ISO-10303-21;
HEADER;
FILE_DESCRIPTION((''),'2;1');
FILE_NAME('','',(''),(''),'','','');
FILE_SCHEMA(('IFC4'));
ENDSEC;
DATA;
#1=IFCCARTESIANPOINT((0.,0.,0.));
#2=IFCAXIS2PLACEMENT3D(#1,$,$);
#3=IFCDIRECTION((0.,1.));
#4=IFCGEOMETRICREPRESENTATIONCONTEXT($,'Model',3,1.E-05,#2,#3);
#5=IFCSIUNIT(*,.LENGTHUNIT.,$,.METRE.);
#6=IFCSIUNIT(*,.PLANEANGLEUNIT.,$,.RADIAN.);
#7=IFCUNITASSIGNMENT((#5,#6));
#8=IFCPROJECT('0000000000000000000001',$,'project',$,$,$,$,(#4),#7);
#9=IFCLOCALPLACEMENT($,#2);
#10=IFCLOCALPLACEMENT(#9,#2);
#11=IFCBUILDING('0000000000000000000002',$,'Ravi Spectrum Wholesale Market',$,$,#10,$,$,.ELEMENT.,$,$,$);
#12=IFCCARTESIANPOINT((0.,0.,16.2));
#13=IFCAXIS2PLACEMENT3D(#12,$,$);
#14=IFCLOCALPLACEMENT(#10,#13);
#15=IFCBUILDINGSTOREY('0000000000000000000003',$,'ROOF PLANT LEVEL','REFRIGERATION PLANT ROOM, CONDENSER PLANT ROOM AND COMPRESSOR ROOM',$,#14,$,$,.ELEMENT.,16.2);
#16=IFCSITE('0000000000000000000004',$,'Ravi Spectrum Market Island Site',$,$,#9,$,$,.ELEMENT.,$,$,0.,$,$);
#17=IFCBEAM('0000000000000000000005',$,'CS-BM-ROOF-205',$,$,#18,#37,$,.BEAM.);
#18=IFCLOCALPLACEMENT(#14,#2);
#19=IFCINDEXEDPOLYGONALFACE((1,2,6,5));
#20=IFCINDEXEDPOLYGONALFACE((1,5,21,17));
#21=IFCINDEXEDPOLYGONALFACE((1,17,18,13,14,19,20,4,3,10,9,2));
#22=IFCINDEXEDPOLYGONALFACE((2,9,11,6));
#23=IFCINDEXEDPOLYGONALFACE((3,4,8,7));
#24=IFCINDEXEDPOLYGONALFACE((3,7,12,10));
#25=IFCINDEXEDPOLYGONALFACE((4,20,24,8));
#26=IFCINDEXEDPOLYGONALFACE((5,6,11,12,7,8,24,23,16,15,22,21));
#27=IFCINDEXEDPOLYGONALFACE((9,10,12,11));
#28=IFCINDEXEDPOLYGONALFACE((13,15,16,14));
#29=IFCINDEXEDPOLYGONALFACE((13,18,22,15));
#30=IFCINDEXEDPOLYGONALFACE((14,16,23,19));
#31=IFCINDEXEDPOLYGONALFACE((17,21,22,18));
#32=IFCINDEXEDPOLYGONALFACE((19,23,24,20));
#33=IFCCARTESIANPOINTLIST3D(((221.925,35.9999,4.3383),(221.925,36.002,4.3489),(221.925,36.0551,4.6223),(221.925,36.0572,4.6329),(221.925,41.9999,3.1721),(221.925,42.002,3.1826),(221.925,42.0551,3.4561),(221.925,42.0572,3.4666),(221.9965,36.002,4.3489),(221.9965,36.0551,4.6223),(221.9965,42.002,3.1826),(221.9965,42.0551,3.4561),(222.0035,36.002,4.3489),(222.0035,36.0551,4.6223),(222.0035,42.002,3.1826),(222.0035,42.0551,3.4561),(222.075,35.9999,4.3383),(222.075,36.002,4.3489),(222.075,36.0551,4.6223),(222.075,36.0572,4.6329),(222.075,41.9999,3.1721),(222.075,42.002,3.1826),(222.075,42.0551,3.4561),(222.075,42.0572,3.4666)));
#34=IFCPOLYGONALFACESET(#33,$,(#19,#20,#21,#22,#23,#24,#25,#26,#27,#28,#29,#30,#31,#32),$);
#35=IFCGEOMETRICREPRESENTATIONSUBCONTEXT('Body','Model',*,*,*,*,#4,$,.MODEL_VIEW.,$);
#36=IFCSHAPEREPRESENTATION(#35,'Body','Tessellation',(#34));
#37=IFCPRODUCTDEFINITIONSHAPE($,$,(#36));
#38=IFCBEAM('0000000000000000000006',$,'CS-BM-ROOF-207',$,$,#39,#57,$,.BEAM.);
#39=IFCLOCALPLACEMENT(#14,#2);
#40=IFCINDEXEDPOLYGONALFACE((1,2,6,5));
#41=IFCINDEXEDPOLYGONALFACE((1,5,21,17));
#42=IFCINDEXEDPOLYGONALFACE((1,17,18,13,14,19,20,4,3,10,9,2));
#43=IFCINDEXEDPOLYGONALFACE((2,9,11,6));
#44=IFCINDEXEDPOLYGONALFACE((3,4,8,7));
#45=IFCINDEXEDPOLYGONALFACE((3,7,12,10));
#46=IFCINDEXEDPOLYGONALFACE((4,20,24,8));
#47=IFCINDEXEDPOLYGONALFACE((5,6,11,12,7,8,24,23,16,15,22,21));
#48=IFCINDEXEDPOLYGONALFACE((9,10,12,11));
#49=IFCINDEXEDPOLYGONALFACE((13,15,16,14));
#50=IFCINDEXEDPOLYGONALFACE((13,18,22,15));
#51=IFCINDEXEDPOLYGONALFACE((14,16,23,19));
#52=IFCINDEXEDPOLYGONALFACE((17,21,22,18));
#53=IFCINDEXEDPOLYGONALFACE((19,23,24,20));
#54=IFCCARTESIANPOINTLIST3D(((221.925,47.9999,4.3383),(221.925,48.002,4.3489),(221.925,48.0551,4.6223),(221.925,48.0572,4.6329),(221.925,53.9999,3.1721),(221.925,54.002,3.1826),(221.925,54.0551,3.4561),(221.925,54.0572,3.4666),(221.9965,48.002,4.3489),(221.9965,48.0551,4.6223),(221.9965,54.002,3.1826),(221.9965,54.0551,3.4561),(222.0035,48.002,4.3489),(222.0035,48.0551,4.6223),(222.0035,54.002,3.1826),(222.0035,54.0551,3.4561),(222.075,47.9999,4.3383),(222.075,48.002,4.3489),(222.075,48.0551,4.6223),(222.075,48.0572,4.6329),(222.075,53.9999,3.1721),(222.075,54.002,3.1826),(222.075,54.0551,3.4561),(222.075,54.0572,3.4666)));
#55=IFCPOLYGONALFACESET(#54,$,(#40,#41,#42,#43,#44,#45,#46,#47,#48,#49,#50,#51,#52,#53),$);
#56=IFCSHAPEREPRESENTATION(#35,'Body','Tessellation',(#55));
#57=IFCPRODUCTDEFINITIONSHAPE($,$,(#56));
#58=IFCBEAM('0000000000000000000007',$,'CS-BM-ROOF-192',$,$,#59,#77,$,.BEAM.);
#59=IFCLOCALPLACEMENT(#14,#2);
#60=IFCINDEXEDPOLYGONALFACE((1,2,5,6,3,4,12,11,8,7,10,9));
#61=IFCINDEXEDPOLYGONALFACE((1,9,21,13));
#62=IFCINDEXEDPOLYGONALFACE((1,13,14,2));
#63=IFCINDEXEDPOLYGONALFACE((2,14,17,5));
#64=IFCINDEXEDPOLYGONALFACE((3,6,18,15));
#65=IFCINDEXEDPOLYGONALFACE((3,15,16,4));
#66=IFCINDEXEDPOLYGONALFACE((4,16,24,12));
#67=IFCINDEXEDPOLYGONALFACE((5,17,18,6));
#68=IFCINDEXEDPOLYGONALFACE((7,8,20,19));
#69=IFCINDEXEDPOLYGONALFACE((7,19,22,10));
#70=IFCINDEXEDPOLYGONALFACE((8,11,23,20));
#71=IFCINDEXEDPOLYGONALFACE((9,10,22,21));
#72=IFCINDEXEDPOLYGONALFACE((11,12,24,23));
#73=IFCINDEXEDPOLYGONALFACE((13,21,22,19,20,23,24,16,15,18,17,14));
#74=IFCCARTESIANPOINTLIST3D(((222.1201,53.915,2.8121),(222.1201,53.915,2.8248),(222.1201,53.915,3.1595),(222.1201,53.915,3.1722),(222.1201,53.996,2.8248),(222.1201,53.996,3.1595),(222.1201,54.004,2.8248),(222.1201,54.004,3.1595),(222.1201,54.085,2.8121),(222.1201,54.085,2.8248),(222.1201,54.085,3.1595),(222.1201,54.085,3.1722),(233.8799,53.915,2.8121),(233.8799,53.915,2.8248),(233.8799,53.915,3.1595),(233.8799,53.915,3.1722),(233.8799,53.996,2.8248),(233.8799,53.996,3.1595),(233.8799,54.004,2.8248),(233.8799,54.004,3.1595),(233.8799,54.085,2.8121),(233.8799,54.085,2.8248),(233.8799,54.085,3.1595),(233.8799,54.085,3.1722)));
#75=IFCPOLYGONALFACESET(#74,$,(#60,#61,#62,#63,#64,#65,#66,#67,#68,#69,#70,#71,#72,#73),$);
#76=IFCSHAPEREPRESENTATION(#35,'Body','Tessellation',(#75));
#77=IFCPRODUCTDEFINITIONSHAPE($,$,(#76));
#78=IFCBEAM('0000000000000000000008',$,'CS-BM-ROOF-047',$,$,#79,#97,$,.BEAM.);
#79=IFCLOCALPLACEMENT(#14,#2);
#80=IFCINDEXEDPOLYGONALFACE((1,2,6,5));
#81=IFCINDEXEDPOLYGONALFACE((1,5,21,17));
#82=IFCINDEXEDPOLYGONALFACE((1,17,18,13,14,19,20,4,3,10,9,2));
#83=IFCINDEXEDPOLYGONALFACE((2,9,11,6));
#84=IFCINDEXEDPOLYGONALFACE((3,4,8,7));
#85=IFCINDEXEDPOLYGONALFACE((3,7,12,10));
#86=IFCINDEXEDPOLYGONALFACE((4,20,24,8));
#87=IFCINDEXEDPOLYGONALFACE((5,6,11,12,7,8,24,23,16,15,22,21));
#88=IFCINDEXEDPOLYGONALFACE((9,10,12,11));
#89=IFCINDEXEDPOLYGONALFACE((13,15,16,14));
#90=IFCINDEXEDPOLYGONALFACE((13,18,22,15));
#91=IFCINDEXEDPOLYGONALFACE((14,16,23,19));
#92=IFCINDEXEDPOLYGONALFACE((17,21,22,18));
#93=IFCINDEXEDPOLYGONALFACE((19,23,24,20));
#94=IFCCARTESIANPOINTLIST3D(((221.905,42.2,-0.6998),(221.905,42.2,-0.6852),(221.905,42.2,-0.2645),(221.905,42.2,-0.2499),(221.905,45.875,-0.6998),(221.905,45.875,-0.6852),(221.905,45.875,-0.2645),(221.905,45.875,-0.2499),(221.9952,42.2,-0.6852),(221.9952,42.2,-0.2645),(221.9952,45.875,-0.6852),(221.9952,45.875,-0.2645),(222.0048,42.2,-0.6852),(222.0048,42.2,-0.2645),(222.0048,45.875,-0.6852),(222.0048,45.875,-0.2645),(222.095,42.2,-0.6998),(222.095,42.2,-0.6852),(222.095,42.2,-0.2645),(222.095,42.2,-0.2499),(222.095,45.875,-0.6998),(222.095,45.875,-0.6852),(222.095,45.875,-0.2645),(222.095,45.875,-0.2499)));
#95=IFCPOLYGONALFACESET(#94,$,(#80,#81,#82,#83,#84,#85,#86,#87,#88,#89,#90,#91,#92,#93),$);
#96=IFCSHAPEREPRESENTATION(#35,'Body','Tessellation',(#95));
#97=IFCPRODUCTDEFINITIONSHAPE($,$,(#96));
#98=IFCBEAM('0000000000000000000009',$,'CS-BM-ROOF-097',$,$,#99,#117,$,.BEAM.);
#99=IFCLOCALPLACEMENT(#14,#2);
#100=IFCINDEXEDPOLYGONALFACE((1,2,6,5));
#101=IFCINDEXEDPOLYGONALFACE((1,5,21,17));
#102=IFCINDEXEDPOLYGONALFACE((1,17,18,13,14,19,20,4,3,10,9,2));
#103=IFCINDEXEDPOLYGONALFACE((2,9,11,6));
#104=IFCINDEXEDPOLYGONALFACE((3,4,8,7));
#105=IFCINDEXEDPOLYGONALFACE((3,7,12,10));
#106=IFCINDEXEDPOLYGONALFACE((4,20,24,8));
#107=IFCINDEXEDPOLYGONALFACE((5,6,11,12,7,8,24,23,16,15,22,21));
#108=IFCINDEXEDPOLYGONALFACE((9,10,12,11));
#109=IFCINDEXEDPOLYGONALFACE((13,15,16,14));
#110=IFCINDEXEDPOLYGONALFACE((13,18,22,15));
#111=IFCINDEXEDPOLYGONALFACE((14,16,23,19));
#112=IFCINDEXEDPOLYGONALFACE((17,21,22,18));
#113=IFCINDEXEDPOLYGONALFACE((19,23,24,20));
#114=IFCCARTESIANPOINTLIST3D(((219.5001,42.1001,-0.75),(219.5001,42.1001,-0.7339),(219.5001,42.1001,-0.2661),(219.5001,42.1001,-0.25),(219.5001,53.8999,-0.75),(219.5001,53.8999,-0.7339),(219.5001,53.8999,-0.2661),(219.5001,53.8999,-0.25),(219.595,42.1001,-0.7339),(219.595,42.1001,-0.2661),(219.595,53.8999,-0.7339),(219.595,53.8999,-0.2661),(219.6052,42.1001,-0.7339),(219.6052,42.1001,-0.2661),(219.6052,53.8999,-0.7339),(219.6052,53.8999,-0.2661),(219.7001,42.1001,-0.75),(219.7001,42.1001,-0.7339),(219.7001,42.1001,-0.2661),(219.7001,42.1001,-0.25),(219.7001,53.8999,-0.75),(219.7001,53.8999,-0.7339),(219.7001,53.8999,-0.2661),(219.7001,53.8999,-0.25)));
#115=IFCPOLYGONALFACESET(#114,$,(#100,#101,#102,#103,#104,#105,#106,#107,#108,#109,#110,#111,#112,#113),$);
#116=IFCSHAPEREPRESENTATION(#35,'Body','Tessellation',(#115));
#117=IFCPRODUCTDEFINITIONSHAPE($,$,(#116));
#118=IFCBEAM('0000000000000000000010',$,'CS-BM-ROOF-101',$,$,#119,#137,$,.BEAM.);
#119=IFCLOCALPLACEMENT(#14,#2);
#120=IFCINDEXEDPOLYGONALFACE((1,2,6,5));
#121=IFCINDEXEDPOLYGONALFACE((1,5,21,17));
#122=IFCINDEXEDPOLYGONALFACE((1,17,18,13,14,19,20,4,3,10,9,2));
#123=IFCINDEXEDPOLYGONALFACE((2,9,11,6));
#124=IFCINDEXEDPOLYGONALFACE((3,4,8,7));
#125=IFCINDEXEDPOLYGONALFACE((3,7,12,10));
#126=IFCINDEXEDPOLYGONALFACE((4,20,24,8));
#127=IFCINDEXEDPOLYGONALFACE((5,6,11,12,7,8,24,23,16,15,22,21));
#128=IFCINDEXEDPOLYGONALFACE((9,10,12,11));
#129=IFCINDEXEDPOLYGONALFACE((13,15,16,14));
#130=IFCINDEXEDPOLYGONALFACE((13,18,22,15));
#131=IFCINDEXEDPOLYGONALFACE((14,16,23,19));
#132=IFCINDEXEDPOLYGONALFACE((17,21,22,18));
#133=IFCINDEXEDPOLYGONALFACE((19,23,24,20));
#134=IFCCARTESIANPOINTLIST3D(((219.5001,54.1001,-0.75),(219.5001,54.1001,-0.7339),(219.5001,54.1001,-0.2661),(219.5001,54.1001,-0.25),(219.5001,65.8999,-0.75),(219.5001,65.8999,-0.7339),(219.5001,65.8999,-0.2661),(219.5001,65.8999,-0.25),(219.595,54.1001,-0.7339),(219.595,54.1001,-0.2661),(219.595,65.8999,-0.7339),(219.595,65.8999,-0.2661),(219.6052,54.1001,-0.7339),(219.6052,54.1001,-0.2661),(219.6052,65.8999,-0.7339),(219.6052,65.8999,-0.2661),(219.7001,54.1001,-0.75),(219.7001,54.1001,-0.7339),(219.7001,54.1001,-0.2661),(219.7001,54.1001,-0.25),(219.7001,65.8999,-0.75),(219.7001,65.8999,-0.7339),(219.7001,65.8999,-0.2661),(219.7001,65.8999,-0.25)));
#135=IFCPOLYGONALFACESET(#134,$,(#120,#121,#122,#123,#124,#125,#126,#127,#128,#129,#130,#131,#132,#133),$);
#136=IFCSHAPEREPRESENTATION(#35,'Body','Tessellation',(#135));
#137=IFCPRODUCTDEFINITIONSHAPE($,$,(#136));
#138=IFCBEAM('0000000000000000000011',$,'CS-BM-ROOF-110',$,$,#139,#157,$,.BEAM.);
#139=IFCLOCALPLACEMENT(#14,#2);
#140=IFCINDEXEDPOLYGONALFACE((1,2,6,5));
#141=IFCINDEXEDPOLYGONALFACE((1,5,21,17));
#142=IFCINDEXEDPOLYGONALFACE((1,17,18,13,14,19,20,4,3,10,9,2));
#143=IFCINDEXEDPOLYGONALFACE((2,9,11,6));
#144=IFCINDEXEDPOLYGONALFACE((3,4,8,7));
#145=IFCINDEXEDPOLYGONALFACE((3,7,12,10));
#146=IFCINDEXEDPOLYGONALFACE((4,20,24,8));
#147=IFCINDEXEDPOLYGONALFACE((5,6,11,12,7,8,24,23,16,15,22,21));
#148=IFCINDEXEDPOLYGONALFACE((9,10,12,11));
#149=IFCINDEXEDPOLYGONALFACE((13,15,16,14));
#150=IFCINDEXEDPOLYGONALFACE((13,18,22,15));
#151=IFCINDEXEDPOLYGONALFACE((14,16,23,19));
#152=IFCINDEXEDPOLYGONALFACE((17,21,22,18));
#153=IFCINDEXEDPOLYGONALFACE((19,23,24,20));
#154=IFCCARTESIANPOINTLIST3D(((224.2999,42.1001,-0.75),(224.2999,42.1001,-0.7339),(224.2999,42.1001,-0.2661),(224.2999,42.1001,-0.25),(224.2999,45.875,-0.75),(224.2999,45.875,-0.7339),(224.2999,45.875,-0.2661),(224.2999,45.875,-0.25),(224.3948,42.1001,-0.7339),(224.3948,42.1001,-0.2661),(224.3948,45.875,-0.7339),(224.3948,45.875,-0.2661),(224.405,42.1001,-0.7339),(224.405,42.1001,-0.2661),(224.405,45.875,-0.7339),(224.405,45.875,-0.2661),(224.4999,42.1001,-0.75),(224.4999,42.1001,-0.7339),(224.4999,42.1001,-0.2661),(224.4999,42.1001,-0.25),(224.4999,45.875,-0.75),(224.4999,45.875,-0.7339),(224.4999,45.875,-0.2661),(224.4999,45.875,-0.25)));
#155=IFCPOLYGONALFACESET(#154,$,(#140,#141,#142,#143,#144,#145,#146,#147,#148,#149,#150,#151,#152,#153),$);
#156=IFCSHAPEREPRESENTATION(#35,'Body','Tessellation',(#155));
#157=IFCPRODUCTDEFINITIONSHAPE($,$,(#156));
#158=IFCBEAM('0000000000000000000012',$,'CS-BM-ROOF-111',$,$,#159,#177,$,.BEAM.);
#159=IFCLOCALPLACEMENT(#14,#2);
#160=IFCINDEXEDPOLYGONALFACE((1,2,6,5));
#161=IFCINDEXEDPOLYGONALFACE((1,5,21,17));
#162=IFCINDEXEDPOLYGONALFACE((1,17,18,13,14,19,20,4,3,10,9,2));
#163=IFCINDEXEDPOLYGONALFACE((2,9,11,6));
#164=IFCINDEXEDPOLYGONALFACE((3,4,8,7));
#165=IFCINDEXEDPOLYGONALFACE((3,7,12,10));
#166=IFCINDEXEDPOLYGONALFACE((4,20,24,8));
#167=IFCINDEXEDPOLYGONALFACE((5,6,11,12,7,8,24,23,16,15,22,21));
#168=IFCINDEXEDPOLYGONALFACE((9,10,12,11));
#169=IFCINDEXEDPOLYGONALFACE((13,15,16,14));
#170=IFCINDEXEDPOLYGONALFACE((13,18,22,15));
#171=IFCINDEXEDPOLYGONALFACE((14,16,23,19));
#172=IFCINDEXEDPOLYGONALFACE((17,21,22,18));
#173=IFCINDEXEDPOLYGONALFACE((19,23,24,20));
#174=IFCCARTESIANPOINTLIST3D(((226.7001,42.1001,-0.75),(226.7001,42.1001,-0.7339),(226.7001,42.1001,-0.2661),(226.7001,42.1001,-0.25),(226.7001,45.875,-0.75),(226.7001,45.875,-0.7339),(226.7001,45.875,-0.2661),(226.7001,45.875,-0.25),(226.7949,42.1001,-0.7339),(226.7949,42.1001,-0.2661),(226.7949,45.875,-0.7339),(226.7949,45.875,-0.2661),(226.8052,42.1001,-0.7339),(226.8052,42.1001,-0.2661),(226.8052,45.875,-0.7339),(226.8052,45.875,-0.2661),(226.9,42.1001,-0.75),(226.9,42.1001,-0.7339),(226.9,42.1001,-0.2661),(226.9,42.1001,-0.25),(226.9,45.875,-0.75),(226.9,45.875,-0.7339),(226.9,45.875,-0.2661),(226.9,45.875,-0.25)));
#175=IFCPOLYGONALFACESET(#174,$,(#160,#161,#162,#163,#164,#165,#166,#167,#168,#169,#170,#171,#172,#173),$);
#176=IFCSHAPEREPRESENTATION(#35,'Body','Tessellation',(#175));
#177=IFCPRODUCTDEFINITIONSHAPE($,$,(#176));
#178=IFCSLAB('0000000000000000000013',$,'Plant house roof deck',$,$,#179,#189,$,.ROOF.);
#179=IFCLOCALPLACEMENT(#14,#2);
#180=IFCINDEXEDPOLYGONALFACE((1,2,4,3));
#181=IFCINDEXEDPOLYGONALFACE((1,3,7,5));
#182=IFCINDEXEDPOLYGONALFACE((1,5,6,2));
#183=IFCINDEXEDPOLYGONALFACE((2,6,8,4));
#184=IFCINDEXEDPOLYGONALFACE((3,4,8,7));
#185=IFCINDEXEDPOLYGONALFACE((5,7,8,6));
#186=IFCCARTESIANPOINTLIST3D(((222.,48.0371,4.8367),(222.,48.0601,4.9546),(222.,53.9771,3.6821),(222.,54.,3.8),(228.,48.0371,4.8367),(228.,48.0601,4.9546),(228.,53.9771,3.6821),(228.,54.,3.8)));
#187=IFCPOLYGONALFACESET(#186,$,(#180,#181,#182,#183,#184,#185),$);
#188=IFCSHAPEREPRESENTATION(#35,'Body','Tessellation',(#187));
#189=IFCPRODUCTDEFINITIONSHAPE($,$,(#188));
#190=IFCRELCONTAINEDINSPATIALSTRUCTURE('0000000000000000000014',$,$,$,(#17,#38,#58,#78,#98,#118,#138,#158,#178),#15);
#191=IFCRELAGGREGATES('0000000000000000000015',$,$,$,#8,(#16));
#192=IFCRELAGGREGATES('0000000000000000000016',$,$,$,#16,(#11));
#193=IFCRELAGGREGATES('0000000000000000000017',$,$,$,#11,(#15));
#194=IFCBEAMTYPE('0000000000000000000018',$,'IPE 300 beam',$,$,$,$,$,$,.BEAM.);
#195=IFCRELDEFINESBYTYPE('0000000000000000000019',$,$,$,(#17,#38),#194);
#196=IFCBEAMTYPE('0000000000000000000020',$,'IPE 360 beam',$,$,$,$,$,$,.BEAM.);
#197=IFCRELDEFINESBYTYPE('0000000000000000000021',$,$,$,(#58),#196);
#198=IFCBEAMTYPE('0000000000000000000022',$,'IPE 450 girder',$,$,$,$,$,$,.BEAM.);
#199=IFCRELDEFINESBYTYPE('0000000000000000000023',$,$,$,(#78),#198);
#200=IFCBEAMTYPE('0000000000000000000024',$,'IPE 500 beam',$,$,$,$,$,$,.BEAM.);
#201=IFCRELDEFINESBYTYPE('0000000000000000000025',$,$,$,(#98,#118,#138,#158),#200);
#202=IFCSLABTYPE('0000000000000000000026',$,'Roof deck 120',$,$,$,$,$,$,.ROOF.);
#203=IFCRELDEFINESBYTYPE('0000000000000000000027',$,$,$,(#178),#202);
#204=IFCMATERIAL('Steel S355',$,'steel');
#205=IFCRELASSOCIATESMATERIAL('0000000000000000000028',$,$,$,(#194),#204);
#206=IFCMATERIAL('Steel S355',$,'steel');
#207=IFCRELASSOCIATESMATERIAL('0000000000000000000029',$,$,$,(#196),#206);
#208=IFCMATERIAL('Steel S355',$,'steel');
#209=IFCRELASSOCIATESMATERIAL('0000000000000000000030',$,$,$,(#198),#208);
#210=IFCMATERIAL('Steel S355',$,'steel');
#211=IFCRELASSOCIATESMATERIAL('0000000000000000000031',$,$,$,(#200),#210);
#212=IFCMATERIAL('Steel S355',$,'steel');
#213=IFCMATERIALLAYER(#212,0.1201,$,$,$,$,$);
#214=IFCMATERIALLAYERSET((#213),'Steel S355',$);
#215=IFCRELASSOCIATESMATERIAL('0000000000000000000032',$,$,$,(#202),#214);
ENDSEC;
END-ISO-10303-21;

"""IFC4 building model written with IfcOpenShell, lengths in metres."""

from ifc_helpers import new_model, si_unit, direction, frame, origin, origin_2d, place, context, subcontext, project, spatial, polyline, i_section, outline, extrude, material, layer, layer_set, material_profile, profile_set, type_object, element, save


model = new_model("IFC4")

# Units and contexts
model_context = context("Model", 3, precision=1e-05, world=origin(), true_north=direction((0.0, 1.0)))
body_context = subcontext(model_context, "Body", "Model", "MODEL_VIEW")
ifc_project = project(units=[si_unit("LENGTHUNIT", "METRE"), si_unit("PLANEANGLEUNIT", "RADIAN")], contexts=[model_context])

# Site, building, storey
site_placement = place(None, origin())
site = spatial("IfcSite", under=ifc_project, at=site_placement, Name="Ravi Spectrum Market Island Site", CompositionType="ELEMENT", RefElevation=0.0)
building_placement = place(site_placement, origin())
building = spatial("IfcBuilding", under=site, at=building_placement, Name="Ravi Spectrum Wholesale Market", CompositionType="ELEMENT")
storey_placement = place(building_placement, frame((0.0, 0.0, 16.2)))
storey = spatial("IfcBuildingStorey", under=building, at=storey_placement, Name="ROOF PLANT LEVEL", Description="REFRIGERATION PLANT ROOM, CONDENSER PLANT ROOM AND COMPRESSOR ROOM", CompositionType="ELEMENT", Elevation=16.2)

# Beams
ifc_material_1 = material(Name="Steel S355", Category="steel")
ifc_material_profile_1 = material_profile(ifc_material_1, i_section(OverallWidth=0.1499, OverallDepth=0.3, WebThickness=0.0071, FlangeThickness=0.0107, at=origin_2d()))
ifc_profile_set_1 = profile_set([ifc_material_profile_1], Name="Steel S355")
beam_type_1 = type_object("IfcBeamType", Name="IPE 300 beam", PredefinedType="BEAM", material=ifc_profile_set_1)
for number, where, z_axis, x_axis, name in (
    (1, (222.0, 42.0286, 3.3193), (0.0, -0.981628, 0.190806), (1.0, 0.0, 0.0), "CS-BM-ROOF-205"),
    (2, (222.0, 54.0286, 3.3193), (0.0, -0.981628, 0.190806), (1.0, 0.0, 0.0), "CS-BM-ROOF-207"),
):
    element("IfcBeam", number, at=place(storey_placement, frame(where, z_axis=z_axis, x_axis=x_axis)), inside=storey, type_object=beam_type_1, Name=name, PredefinedType="BEAM", context=body_context, shape_type="SweptSolid", body=[
        extrude(i_section(OverallWidth=0.1499, OverallDepth=0.3, WebThickness=0.0071, FlangeThickness=0.0107, at=origin_2d()), origin(), (0.0, 0.0, 1.0), 6.1123),
    ])
ifc_material_2 = material(Name="Steel S355", Category="steel")
ifc_material_profile_2 = material_profile(ifc_material_2, i_section(OverallWidth=0.1699, OverallDepth=0.3601, WebThickness=0.0081, FlangeThickness=0.0127, at=origin_2d()))
ifc_profile_set_2 = profile_set([ifc_material_profile_2], Name="Steel S355")
beam_type_2 = type_object("IfcBeamType", Name="IPE 360 beam", PredefinedType="BEAM", material=ifc_profile_set_2)
beam_1_placement = place(storey_placement, frame((222.1201, 54.0, 2.9922), z_axis=(1.0, 0.0, 0.0), x_axis=(0.0, 1.0, 0.0)))
element("IfcBeam", 3, at=beam_1_placement, inside=storey, type_object=beam_type_2, Name="CS-BM-ROOF-192", PredefinedType="BEAM", context=body_context, shape_type="SweptSolid", body=[
    extrude(i_section(OverallWidth=0.1699, OverallDepth=0.3601, WebThickness=0.0081, FlangeThickness=0.0127, at=origin_2d()), origin(), (0.0, 0.0, 1.0), 11.7598),
])
ifc_material_3 = material(Name="Steel S355", Category="steel")
ifc_material_profile_3 = material_profile(ifc_material_3, i_section(OverallWidth=0.1899, OverallDepth=0.45, WebThickness=0.0095, FlangeThickness=0.0146, at=origin_2d()))
ifc_profile_set_3 = profile_set([ifc_material_profile_3], Name="Steel S355")
beam_type_3 = type_object("IfcBeamType", Name="IPE 450 girder", PredefinedType="BEAM", material=ifc_profile_set_3)
beam_2_placement = place(storey_placement, frame((222.0, 42.2, -0.4749), z_axis=(0.0, 1.0, 0.0), x_axis=(-1.0, 0.0, 0.0)))
element("IfcBeam", 4, at=beam_2_placement, inside=storey, type_object=beam_type_3, Name="CS-BM-ROOF-047", PredefinedType="BEAM", context=body_context, shape_type="SweptSolid", body=[
    extrude(i_section(OverallWidth=0.1899, OverallDepth=0.45, WebThickness=0.0095, FlangeThickness=0.0146, at=origin_2d()), origin(), (0.0, 0.0, 1.0), 3.675),
])
ifc_material_4 = material(Name="Steel S355", Category="steel")
ifc_material_profile_4 = material_profile(ifc_material_4, i_section(OverallWidth=0.2, OverallDepth=0.5, WebThickness=0.0103, FlangeThickness=0.0161, at=origin_2d()))
ifc_profile_set_4 = profile_set([ifc_material_profile_4], Name="Steel S355")
beam_type_4 = type_object("IfcBeamType", Name="IPE 500 beam", PredefinedType="BEAM", material=ifc_profile_set_4)
for number, where, z_axis, x_axis, name in (
    (5, (219.6001, 42.1001, -0.5), (0.0, 1.0, 0.0), (-1.0, 0.0, 0.0), "CS-BM-ROOF-097"),
    (6, (219.6001, 54.1001, -0.5), (0.0, 1.0, 0.0), (-1.0, 0.0, 0.0), "CS-BM-ROOF-101"),
):
    element("IfcBeam", number, at=place(storey_placement, frame(where, z_axis=z_axis, x_axis=x_axis)), inside=storey, type_object=beam_type_4, Name=name, PredefinedType="BEAM", context=body_context, shape_type="SweptSolid", body=[
        extrude(i_section(OverallWidth=0.2, OverallDepth=0.5, WebThickness=0.0103, FlangeThickness=0.0161, at=origin_2d()), origin(), (0.0, 0.0, 1.0), 11.7998),
    ])
for number, where, z_axis, x_axis, name in (
    (7, (224.3999, 42.1001, -0.5), (0.0, 1.0, 0.0), (-1.0, 0.0, 0.0), "CS-BM-ROOF-110"),
    (8, (226.8, 42.1001, -0.5), (0.0, 1.0, 0.0), (-1.0, 0.0, 0.0), "CS-BM-ROOF-111"),
):
    element("IfcBeam", number, at=place(storey_placement, frame(where, z_axis=z_axis, x_axis=x_axis)), inside=storey, type_object=beam_type_4, Name=name, PredefinedType="BEAM", context=body_context, shape_type="SweptSolid", body=[
        extrude(i_section(OverallWidth=0.2, OverallDepth=0.5, WebThickness=0.0103, FlangeThickness=0.0161, at=origin_2d()), origin(), (0.0, 0.0, 1.0), 3.7749),
    ])

# Slab
ifc_material_5 = material(Name="Steel S355", Category="steel")
ifc_layer_1 = layer(ifc_material_5, 0.1201)
ifc_layer_set_1 = layer_set([ifc_layer_1], Name="Steel S355")
slab_type = type_object("IfcSlabType", Name="Roof deck 120", PredefinedType="ROOF", material=ifc_layer_set_1)
slab_placement = place(storey_placement, frame((222.0, 54.0, 3.8), z_axis=(0.0, 0.190798, 0.981629), x_axis=(1.0, 0.0, 0.0)))
element("IfcSlab", 9, at=slab_placement, inside=storey, type_object=slab_type, Name="Plant house roof deck", PredefinedType="ROOF", context=body_context, shape_type="SweptSolid", body=[
    extrude(outline(polyline([(0.0, 0.0), (6.0, 0.0), (6.0, -6.0511), (0.0, -6.0511), (0.0, 0.0)])), origin(), (0.0, 0.0, -1.0), 0.1201),
])

save(model, "model.ifc")
